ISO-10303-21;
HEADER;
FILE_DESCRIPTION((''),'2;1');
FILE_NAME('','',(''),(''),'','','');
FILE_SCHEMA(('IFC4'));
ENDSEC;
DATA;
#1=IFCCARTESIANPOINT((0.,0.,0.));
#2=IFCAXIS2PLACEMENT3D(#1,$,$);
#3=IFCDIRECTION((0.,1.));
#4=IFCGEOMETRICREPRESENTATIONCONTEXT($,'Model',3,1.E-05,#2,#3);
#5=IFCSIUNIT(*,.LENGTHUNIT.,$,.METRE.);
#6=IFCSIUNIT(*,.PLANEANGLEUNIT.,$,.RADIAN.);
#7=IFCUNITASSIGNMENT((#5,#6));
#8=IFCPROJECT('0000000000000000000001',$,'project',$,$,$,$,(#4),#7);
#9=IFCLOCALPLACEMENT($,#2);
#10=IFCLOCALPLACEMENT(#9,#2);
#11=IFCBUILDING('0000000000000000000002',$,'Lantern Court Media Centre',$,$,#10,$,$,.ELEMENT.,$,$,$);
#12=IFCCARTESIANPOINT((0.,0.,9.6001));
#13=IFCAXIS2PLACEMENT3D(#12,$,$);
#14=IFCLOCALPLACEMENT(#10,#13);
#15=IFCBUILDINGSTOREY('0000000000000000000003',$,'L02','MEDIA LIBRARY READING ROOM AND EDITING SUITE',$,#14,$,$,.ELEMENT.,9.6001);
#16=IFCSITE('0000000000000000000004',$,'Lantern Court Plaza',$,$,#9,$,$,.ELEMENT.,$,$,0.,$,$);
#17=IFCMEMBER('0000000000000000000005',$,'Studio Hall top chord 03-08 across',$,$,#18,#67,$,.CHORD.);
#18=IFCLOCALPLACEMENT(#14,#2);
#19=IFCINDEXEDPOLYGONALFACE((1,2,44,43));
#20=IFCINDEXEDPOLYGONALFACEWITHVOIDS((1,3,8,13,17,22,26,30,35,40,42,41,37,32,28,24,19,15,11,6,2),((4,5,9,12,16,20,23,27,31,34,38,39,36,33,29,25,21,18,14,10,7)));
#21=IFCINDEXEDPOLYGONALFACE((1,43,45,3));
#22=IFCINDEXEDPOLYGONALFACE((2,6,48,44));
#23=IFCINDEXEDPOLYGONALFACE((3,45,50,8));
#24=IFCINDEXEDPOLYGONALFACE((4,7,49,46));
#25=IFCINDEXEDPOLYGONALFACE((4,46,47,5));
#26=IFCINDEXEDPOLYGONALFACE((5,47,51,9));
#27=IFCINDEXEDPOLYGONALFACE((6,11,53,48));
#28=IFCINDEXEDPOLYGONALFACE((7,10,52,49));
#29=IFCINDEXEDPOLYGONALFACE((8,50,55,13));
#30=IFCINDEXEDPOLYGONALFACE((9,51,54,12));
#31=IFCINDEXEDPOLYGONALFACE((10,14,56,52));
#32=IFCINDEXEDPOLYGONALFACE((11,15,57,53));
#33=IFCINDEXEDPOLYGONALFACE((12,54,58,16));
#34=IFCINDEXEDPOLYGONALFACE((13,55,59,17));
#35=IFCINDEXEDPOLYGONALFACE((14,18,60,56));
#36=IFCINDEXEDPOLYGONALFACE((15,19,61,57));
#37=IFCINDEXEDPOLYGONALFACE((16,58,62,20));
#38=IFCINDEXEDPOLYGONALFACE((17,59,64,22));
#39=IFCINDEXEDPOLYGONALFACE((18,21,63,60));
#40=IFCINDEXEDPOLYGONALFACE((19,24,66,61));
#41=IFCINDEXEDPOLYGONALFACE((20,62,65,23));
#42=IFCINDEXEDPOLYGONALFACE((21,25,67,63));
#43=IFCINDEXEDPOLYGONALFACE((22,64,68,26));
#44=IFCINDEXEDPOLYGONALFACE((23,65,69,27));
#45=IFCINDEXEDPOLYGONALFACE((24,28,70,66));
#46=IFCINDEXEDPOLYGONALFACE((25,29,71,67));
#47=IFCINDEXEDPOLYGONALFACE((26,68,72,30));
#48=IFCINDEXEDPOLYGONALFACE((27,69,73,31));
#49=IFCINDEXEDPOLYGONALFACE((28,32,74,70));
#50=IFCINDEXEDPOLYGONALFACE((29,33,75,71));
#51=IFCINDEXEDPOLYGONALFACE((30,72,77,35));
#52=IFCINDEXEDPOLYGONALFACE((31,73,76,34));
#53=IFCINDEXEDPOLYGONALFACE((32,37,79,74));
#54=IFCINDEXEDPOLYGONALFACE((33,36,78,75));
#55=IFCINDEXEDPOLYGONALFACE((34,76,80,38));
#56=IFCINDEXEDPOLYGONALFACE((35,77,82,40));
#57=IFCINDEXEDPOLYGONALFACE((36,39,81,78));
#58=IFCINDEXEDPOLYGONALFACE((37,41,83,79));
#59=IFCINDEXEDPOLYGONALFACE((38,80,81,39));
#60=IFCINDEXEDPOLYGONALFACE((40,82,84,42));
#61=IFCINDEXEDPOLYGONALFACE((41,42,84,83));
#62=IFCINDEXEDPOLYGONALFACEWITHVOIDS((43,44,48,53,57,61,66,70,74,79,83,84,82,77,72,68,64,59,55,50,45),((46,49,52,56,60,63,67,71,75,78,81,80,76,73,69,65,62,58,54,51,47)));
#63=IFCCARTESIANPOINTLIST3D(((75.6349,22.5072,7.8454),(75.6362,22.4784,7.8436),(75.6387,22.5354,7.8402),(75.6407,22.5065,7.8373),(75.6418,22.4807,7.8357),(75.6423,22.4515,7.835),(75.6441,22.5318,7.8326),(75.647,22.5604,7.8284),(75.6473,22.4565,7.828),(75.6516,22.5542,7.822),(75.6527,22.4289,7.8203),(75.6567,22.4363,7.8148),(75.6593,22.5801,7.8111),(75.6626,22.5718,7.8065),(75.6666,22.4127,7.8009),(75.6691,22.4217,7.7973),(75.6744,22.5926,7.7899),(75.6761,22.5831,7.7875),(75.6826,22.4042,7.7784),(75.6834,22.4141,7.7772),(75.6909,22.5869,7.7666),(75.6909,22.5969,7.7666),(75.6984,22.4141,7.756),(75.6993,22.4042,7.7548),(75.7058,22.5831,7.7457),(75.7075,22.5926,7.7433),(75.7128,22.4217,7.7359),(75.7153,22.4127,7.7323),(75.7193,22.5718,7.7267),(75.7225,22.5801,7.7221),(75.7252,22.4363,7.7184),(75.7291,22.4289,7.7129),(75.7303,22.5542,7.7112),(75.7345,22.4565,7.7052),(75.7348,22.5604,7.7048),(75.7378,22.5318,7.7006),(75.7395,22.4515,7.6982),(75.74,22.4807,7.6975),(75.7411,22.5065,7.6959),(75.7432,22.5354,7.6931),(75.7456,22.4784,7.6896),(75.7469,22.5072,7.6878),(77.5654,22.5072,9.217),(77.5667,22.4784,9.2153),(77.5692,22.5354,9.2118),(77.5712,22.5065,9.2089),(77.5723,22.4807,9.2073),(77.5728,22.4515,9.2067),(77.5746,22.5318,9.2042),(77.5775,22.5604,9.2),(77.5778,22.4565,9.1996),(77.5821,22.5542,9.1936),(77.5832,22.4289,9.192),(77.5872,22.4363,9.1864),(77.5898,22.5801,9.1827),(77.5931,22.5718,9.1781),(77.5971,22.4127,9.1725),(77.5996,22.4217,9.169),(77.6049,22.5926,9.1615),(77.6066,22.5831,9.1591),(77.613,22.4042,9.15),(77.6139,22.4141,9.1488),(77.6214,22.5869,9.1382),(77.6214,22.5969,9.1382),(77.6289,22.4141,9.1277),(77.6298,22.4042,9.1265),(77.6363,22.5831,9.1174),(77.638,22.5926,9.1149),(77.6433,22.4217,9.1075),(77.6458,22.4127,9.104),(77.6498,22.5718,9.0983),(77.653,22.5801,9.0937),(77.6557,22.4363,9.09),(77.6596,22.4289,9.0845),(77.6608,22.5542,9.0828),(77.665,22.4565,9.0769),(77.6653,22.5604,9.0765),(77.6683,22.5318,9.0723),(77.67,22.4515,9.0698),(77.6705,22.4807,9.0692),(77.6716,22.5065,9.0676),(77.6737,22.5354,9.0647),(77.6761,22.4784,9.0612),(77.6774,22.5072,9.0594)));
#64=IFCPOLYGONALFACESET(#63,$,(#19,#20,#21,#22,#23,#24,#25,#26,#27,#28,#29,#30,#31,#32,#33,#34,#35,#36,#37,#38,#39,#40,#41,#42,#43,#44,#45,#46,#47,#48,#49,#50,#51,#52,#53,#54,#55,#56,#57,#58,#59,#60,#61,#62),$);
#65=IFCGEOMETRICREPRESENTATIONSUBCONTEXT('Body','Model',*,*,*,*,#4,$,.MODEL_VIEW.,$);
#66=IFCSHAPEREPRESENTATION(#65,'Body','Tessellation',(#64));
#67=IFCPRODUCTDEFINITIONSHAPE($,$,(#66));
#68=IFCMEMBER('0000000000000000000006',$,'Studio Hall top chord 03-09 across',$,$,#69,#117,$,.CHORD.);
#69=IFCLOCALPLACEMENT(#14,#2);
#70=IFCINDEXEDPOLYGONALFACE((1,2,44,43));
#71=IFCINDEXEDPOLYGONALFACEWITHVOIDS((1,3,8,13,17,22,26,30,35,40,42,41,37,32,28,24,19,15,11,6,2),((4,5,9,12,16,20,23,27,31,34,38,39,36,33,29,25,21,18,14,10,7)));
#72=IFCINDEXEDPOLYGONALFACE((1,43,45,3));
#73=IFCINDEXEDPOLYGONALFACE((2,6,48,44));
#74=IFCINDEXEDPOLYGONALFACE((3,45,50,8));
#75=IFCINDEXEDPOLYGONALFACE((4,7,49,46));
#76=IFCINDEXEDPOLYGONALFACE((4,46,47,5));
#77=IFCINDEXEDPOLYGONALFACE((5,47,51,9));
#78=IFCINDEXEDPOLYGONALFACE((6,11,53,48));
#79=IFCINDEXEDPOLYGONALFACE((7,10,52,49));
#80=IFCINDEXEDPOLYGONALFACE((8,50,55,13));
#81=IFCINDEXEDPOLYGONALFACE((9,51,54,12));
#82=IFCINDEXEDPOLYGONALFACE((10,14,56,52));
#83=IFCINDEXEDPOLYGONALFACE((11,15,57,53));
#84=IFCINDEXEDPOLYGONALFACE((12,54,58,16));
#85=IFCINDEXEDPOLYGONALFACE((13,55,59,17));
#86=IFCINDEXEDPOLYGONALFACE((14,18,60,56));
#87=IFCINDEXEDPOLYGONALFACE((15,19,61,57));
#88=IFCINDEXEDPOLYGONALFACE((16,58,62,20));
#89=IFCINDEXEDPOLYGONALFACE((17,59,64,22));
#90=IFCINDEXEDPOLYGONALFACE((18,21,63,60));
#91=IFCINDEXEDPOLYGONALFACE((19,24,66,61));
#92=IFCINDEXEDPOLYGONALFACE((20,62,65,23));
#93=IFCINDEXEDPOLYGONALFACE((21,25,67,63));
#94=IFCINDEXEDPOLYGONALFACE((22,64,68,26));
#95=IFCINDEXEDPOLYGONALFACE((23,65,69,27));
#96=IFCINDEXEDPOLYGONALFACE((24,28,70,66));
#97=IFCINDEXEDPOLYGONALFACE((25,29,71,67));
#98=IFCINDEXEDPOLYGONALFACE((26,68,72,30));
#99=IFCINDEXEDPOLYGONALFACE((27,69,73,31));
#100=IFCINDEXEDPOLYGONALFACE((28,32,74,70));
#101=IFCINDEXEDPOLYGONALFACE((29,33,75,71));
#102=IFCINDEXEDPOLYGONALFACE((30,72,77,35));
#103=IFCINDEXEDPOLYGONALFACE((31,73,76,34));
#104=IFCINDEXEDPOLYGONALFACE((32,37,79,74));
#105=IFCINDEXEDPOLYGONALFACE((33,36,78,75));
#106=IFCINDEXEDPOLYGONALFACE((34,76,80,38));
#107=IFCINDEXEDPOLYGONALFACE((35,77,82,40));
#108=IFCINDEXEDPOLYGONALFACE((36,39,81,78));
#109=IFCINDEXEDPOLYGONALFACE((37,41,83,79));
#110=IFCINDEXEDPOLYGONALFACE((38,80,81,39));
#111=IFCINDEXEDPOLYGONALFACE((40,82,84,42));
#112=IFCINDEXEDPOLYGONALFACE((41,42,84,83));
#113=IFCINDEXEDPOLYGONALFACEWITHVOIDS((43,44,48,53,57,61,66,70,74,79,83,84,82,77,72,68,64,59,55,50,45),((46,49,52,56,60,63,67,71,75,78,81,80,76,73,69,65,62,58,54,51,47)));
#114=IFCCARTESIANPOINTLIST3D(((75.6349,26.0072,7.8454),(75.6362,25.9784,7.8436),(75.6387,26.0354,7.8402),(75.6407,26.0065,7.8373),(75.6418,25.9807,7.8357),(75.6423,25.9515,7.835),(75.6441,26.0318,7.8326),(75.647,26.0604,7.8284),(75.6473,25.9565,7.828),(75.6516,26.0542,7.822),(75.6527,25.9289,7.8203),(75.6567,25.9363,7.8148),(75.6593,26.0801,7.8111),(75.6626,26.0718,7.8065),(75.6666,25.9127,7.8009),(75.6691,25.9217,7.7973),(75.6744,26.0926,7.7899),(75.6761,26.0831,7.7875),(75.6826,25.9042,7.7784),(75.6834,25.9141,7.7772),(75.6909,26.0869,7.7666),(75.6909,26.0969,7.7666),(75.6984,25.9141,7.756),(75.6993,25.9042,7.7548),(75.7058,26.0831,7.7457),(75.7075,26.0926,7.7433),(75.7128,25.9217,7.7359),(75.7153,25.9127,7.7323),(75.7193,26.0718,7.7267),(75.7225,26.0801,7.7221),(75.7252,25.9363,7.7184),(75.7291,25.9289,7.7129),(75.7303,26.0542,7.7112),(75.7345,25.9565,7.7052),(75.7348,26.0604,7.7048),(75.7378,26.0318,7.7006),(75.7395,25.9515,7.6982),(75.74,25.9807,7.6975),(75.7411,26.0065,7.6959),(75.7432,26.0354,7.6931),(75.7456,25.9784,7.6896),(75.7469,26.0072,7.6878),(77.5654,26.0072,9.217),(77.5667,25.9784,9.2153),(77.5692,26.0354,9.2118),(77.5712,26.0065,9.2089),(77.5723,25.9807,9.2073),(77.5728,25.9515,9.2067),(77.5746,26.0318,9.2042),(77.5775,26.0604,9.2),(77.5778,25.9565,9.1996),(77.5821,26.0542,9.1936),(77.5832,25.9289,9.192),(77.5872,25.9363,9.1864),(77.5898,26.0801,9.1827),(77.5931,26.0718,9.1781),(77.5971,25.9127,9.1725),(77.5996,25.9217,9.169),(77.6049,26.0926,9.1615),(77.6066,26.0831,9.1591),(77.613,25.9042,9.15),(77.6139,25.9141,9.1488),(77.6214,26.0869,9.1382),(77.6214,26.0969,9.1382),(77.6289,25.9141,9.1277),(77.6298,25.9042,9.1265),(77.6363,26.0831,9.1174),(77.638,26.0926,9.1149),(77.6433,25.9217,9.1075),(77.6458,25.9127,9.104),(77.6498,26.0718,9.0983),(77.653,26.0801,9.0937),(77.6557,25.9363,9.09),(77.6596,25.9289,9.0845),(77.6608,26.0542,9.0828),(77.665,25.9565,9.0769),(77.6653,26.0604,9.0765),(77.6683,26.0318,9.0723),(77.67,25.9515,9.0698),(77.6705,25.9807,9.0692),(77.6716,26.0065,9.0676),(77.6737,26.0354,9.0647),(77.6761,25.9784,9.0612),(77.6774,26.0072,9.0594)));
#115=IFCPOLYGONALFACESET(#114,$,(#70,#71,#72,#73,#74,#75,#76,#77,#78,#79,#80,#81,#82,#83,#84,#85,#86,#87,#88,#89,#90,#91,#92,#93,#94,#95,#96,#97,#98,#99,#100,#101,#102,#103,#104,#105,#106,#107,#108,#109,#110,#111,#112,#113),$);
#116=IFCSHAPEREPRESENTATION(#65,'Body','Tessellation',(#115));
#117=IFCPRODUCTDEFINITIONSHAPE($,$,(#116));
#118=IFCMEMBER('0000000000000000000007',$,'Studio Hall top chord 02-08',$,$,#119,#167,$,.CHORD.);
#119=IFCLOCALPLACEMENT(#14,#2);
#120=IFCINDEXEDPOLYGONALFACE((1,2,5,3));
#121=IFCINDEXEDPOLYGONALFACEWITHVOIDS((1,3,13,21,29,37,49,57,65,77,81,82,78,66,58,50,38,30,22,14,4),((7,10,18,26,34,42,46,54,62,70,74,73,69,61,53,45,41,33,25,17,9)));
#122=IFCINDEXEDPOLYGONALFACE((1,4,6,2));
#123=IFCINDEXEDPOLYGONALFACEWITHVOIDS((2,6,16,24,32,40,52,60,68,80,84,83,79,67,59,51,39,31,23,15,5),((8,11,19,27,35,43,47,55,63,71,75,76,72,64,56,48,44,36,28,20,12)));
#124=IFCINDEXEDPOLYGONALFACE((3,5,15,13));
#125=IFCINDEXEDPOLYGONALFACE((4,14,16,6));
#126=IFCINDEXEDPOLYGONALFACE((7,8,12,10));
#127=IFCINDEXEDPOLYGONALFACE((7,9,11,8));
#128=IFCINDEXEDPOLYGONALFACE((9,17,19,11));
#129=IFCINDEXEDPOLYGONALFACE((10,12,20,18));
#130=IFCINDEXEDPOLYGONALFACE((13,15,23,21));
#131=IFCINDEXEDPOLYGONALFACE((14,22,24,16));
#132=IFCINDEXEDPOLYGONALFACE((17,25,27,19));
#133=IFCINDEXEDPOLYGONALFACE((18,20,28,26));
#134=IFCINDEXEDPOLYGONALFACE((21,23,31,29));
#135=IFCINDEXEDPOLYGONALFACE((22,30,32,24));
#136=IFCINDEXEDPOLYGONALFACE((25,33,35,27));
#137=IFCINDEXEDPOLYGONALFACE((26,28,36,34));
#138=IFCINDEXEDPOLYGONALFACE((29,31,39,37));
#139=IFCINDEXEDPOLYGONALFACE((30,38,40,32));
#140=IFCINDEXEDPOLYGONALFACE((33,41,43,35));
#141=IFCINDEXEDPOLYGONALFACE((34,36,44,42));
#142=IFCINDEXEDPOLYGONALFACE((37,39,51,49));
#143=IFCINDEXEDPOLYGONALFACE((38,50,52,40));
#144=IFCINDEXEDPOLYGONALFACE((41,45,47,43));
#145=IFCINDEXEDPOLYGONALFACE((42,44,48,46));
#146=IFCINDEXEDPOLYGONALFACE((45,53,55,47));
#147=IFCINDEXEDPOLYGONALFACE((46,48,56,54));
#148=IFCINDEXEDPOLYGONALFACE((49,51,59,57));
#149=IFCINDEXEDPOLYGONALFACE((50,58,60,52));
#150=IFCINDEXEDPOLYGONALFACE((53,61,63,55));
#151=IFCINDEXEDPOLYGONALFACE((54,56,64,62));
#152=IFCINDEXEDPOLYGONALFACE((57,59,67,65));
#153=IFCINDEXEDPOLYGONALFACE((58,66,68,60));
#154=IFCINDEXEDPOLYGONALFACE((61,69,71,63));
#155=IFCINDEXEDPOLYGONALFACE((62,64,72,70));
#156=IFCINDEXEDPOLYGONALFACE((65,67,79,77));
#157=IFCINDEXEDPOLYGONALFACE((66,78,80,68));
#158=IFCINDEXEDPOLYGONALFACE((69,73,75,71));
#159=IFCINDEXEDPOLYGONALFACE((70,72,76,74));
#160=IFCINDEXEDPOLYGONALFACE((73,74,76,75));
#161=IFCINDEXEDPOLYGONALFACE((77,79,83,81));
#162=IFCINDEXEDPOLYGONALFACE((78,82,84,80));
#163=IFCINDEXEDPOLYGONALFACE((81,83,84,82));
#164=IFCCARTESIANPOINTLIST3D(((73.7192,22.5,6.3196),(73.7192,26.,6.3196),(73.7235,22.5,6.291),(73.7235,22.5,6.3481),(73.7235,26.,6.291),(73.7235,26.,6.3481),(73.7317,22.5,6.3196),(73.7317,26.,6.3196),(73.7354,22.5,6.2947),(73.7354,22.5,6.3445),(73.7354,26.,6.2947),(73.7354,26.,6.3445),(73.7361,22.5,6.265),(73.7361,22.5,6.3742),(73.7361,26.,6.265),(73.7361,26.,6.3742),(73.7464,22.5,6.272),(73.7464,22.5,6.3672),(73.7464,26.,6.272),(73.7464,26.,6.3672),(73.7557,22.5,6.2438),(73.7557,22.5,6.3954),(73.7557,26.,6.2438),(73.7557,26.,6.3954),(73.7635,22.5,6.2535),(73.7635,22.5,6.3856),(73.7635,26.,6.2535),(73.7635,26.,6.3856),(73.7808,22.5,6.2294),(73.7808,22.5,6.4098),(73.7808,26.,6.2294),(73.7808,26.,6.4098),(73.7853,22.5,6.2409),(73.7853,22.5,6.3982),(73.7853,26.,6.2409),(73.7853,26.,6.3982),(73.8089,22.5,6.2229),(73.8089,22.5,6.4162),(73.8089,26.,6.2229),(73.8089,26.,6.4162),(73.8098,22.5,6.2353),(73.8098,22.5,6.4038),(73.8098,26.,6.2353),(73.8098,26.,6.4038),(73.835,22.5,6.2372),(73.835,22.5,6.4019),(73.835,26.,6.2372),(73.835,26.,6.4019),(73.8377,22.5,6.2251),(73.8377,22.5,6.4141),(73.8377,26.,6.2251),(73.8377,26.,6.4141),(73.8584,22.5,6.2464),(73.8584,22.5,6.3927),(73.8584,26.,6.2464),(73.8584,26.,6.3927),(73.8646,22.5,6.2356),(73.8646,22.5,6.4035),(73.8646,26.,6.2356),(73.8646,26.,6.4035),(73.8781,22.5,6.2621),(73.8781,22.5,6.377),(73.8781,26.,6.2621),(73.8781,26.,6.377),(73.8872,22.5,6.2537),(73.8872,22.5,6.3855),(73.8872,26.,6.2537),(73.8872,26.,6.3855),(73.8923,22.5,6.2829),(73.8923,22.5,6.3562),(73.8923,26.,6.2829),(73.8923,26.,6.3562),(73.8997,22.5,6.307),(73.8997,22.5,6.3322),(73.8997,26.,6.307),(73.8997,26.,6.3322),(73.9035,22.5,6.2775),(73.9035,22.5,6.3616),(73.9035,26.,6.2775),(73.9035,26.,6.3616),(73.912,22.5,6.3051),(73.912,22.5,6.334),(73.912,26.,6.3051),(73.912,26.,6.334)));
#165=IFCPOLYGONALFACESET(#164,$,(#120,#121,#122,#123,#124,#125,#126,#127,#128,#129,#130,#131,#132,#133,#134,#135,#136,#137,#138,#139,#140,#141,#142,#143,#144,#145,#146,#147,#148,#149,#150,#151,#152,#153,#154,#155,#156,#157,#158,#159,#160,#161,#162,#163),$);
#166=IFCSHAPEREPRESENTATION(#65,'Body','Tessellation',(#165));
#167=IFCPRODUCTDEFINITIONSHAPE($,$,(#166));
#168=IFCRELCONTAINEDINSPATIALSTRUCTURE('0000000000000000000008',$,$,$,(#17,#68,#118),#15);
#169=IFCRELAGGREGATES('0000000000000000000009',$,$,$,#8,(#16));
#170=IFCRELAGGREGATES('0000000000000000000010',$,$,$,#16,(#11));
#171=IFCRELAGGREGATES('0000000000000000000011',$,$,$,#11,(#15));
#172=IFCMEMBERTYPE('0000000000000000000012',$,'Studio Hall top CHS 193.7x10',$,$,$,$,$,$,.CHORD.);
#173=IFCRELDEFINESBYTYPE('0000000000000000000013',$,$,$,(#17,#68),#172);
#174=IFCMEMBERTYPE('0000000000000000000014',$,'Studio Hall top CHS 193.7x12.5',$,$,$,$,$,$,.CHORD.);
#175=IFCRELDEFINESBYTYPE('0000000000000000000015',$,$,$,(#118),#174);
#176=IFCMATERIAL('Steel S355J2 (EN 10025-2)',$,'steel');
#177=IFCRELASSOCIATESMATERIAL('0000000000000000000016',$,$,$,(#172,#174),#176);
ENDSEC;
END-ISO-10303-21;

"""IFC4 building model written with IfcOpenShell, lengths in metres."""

from ifc_helpers import new_model, si_unit, direction, frame, origin, origin_2d, place, context, subcontext, project, spatial, hollow_circle, extrude, material, material_profile, profile_set, type_object, element, save


model = new_model("IFC4")

# Units and contexts
model_context = context("Model", 3, precision=1e-05, world=origin(), true_north=direction((0.0, 1.0)))
body_context = subcontext(model_context, "Body", "Model", "MODEL_VIEW")
ifc_project = project(units=[si_unit("LENGTHUNIT", "METRE"), si_unit("PLANEANGLEUNIT", "RADIAN")], contexts=[model_context])

# Site, building, storey
site_placement = place(None, origin())
site = spatial("IfcSite", under=ifc_project, at=site_placement, Name="Lantern Court Plaza", CompositionType="ELEMENT", RefElevation=0.0)
building_placement = place(site_placement, origin())
building = spatial("IfcBuilding", under=site, at=building_placement, Name="Lantern Court Media Centre", CompositionType="ELEMENT")
storey_placement = place(building_placement, frame((0.0, 0.0, 9.6001)))
storey = spatial("IfcBuildingStorey", under=building, at=storey_placement, Name="L02", Description="MEDIA LIBRARY READING ROOM AND EDITING SUITE", CompositionType="ELEMENT", Elevation=9.6001)

# Members
ifc_material_1 = material(Name="Steel S355J2 (EN 10025-2)", Category="steel")
ifc_material_profile_1 = material_profile(ifc_material_1, hollow_circle(Radius=0.0969, WallThickness=0.01, at=origin_2d()), Name="Studio Hall top CHS 193.7x10")
ifc_profile_set_1 = profile_set([ifc_material_profile_1], Name="Steel S355J2 (EN 10025-2)")
member_type_1 = type_object("IfcMemberType", Name="Studio Hall top CHS 193.7x10", PredefinedType="CHORD", material=ifc_profile_set_1)
for number, where, z_axis, x_axis, name in (
    (1, (75.6909, 22.5, 7.7666), (0.815187, 0.0, 0.579198), (0.0, 1.0, 0.0), "Studio Hall top chord 03-08 across"),
    (2, (75.6909, 26.0, 7.7666), (0.815187, 0.0, 0.579198), (0.0, 1.0, 0.0), "Studio Hall top chord 03-09 across"),
):
    element("IfcMember", number, at=place(storey_placement, frame(where, z_axis=z_axis, x_axis=x_axis)), inside=storey, type_object=member_type_1, Name=name, PredefinedType="CHORD", context=body_context, shape_type="SweptSolid", body=[
        extrude(hollow_circle(Radius=0.0969, WallThickness=0.01, at=origin_2d()), origin(), (0.0, 0.0, 1.0), 2.3682),
    ])
ifc_material_profile_2 = material_profile(ifc_material_1, hollow_circle(Radius=0.0969, WallThickness=0.0125, at=origin_2d()), Name="Studio Hall top CHS 193.7x12.5")
ifc_profile_set_2 = profile_set([ifc_material_profile_2], Name="Steel S355J2 (EN 10025-2)")
member_type_2 = type_object("IfcMemberType", Name="Studio Hall top CHS 193.7x12.5", PredefinedType="CHORD", material=ifc_profile_set_2)
for number, where, z_axis, x_axis, name in (
    (3, (73.8162, 22.5, 6.3196), (0.0, 1.0, 0.0), (-1.0, 0.0, 0.0), "Studio Hall top chord 02-08"),
):
    element("IfcMember", number, at=place(storey_placement, frame(where, z_axis=z_axis, x_axis=x_axis)), inside=storey, type_object=member_type_2, Name=name, PredefinedType="CHORD", context=body_context, shape_type="SweptSolid", body=[
        extrude(hollow_circle(Radius=0.0969, WallThickness=0.0125, at=origin_2d()), origin(), (0.0, 0.0, 1.0), 3.5),
    ])

save(model, "model.ifc")
